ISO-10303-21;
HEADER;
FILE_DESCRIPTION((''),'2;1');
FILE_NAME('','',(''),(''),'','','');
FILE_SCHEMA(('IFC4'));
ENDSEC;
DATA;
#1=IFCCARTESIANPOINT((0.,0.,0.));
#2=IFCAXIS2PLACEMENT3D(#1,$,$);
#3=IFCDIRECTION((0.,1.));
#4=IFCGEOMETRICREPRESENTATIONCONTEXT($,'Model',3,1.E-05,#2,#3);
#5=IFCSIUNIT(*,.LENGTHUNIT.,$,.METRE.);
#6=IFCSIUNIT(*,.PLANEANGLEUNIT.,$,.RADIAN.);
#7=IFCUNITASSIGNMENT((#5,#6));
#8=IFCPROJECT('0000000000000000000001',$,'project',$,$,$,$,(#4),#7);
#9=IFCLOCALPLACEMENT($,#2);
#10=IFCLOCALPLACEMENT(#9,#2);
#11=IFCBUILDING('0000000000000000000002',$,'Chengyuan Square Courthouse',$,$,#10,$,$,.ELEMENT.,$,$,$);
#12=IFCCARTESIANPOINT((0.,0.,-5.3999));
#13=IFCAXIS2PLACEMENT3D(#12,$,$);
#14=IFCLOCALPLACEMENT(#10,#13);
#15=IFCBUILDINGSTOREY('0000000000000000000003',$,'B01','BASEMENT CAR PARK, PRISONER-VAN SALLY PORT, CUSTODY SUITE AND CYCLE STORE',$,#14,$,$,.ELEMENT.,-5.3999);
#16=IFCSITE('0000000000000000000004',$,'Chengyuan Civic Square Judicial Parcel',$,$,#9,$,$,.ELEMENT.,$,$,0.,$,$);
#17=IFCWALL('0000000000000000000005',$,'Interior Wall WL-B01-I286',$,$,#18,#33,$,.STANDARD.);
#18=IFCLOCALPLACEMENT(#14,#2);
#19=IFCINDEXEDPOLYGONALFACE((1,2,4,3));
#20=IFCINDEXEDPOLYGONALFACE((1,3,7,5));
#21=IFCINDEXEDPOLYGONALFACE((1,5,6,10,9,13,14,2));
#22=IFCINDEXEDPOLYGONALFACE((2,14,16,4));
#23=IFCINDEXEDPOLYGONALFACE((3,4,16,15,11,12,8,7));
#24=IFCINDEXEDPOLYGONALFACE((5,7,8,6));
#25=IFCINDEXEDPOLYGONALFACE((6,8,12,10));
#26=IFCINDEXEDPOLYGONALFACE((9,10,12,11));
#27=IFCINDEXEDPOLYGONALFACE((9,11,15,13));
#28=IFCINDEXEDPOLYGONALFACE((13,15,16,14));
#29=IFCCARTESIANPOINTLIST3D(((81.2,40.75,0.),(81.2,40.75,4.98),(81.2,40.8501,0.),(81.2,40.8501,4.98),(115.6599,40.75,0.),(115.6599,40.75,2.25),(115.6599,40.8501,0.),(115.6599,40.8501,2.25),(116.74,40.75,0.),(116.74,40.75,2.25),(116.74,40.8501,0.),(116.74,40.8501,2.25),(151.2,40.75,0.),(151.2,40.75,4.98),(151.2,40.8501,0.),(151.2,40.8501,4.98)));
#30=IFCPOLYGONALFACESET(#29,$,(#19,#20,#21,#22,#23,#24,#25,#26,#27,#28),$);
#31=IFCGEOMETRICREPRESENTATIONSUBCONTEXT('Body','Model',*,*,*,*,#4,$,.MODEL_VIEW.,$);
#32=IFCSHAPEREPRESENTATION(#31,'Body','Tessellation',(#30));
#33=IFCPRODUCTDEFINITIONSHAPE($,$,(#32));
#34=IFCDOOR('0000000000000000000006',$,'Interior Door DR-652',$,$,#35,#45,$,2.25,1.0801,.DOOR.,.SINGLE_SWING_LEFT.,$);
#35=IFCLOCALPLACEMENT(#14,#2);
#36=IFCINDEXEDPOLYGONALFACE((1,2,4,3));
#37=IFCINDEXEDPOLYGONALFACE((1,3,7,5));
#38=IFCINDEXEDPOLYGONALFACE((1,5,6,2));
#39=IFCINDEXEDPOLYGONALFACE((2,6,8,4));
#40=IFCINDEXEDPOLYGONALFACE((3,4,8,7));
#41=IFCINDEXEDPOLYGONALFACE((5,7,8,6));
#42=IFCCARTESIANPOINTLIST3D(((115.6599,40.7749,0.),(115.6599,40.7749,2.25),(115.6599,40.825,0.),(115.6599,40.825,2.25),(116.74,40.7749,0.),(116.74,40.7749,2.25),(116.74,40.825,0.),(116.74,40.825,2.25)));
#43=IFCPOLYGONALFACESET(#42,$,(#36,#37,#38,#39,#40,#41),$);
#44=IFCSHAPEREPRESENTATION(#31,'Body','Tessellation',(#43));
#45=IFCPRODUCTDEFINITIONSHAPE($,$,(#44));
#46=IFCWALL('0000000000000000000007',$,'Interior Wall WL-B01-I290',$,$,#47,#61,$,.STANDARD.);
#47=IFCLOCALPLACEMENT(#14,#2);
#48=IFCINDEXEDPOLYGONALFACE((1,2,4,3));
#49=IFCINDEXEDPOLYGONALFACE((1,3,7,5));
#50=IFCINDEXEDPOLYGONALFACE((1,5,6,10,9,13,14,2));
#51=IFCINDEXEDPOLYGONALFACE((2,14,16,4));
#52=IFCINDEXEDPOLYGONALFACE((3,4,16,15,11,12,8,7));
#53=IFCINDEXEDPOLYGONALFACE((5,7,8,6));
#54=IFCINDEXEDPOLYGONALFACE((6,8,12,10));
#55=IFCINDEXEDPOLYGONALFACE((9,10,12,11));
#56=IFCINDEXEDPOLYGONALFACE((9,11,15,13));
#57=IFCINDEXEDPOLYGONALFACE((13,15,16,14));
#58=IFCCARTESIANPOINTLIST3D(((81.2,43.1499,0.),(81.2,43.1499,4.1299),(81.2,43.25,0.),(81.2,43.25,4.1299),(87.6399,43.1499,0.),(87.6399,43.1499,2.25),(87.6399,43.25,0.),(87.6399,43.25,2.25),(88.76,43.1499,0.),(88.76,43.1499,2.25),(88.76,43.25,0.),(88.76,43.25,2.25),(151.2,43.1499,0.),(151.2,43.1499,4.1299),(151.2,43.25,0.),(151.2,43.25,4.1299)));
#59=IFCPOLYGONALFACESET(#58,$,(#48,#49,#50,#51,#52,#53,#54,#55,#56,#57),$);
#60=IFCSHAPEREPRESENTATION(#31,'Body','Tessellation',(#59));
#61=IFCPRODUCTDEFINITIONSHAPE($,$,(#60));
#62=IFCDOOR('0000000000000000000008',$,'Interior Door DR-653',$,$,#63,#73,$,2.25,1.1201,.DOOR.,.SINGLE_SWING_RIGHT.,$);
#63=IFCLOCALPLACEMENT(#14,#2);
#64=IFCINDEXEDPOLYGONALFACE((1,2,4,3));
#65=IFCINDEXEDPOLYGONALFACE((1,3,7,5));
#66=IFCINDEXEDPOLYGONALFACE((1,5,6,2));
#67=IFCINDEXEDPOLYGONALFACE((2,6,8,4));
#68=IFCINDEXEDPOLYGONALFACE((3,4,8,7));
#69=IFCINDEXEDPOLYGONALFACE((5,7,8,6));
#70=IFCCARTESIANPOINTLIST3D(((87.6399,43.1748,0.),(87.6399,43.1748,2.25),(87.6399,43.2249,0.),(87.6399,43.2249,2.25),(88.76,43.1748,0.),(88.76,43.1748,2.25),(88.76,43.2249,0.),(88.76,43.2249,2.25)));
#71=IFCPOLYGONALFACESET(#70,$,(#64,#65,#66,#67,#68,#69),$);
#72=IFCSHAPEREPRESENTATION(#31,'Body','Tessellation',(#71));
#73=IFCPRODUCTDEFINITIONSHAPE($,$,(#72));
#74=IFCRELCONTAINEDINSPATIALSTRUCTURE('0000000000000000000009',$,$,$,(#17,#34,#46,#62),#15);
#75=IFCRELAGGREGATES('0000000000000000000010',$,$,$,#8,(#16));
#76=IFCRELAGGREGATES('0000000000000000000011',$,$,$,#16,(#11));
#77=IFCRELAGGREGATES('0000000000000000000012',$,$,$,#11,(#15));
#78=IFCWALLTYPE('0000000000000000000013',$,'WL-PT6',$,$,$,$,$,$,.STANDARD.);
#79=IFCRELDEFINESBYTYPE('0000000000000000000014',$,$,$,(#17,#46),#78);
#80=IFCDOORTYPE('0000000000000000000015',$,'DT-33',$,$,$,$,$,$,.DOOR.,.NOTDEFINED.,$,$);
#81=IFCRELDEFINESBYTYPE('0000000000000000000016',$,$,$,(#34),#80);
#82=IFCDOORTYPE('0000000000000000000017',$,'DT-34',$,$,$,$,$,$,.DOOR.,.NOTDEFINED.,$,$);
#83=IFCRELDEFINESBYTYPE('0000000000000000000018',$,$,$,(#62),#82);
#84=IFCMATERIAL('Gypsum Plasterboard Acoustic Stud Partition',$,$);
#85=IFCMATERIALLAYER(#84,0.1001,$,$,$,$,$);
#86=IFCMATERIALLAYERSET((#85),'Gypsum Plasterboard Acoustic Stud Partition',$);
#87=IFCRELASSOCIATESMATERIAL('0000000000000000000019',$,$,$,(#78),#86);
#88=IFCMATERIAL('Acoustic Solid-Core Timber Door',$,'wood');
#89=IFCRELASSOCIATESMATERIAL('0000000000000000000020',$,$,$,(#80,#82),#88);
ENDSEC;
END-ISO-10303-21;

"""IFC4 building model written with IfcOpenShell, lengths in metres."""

from ifc_helpers import new_model, si_unit, direction, frame, frame_2d, origin, place, context, subcontext, project, spatial, rectangle, extrude, material, layer, layer_set, type_object, element, fill, save


model = new_model("IFC4")

# Units and contexts
model_context = context("Model", 3, precision=1e-05, world=origin(), true_north=direction((0.0, 1.0)))
body_context = subcontext(model_context, "Body", "Model", "MODEL_VIEW")
ifc_project = project(units=[si_unit("LENGTHUNIT", "METRE"), si_unit("PLANEANGLEUNIT", "RADIAN")], contexts=[model_context])

# Site, building, storey
site_placement = place(None, origin())
site = spatial("IfcSite", under=ifc_project, at=site_placement, Name="Chengyuan Civic Square Judicial Parcel", CompositionType="ELEMENT", RefElevation=0.0)
building_placement = place(site_placement, origin())
building = spatial("IfcBuilding", under=site, at=building_placement, Name="Chengyuan Square Courthouse", CompositionType="ELEMENT")
storey_placement = place(building_placement, frame((0.0, 0.0, -5.3999)))
storey = spatial("IfcBuildingStorey", under=building, at=storey_placement, Name="B01", Description="BASEMENT CAR PARK, PRISONER-VAN SALLY PORT, CUSTODY SUITE AND CYCLE STORE", CompositionType="ELEMENT", Elevation=-5.3999)

# Shared definitions
ifc_material_1 = material(Name="Gypsum Plasterboard Acoustic Stud Partition")
ifc_layer = layer(ifc_material_1, 0.1001)
ifc_layer_set = layer_set([ifc_layer], Name="Gypsum Plasterboard Acoustic Stud Partition")
wall_type = type_object("IfcWallType", Name="WL-PT6", PredefinedType="STANDARD", material=ifc_layer_set)

# Walls, openings, doors
wall_1_placement = place(storey_placement, frame((81.2, 40.8, 0.0), z_axis=(0.0, 0.0, 1.0), x_axis=(1.0, 0.0, 0.0)))
wall_1 = element("IfcWall", 1, at=wall_1_placement, inside=storey, type_object=wall_type, Name="Interior Wall WL-B01-I286", PredefinedType="STANDARD", context=body_context, shape_type="SweptSolid", body=[
    extrude(rectangle(XDim=70.0, YDim=0.1001, at=frame_2d((35.0, 0.0))), origin(), (0.0, 0.0, 1.0), 4.98),
])
opening_1_placement = place(wall_1_placement, frame((34.46, 0.0, 0.0)))
opening_1 = element("IfcOpeningElement", 2, at=opening_1_placement, cuts=wall_1, PredefinedType="OPENING", context=body_context, shape_type="SweptSolid", body=[
    extrude(rectangle(XDim=1.0801, YDim=2.25, at=frame_2d((0.54, 1.125))), frame((0.0, 0.062, 0.0), z_axis=(0.0, -1.0, 0.0), x_axis=(1.0, 0.0, 0.0)), (0.0, 0.0, 1.0), 0.124),
])
ifc_material_2 = material(Name="Acoustic Solid-Core Timber Door", Category="wood")
door_type_1 = type_object("IfcDoorType", Name="DT-33", OperationType="NOTDEFINED", PredefinedType="DOOR", material=ifc_material_2)
door_1_placement = place(opening_1_placement, origin())
door_1 = element("IfcDoor", 3, at=door_1_placement, inside=storey, type_object=door_type_1, Name="Interior Door DR-652", OperationType="SINGLE_SWING_LEFT", OverallHeight=2.25, OverallWidth=1.0801, PredefinedType="DOOR", context=body_context, shape_type="SweptSolid", body=[
    extrude(rectangle(XDim=1.0801, YDim=2.25, at=frame_2d((0.54, 1.125))), frame((0.0, 0.0249, 0.0), z_axis=(0.0, -1.0, 0.0), x_axis=(1.0, 0.0, 0.0)), (0.0, 0.0, 1.0), 0.05),
])
fill(opening_1, door_1)
wall_2_placement = place(storey_placement, frame((81.2, 43.2, 0.0), z_axis=(0.0, 0.0, 1.0), x_axis=(1.0, 0.0, 0.0)))
wall_2 = element("IfcWall", 4, at=wall_2_placement, inside=storey, type_object=wall_type, Name="Interior Wall WL-B01-I290", PredefinedType="STANDARD", context=body_context, shape_type="SweptSolid", body=[
    extrude(rectangle(XDim=70.0, YDim=0.1001, at=frame_2d((35.0, 0.0))), origin(), (0.0, 0.0, 1.0), 4.1299),
])
opening_2_placement = place(wall_2_placement, frame((6.4399, 0.0, 0.0)))
opening_2 = element("IfcOpeningElement", 5, at=opening_2_placement, cuts=wall_2, PredefinedType="OPENING", context=body_context, shape_type="SweptSolid", body=[
    extrude(rectangle(XDim=1.1201, YDim=2.25, at=frame_2d((0.5601, 1.125))), frame((0.0, 0.062, 0.0), z_axis=(0.0, -1.0, 0.0), x_axis=(1.0, 0.0, 0.0)), (0.0, 0.0, 1.0), 0.124),
])
door_type_2 = type_object("IfcDoorType", Name="DT-34", OperationType="NOTDEFINED", PredefinedType="DOOR", material=ifc_material_2)
door_2_placement = place(opening_2_placement, origin())
door_2 = element("IfcDoor", 6, at=door_2_placement, inside=storey, type_object=door_type_2, Name="Interior Door DR-653", OperationType="SINGLE_SWING_RIGHT", OverallHeight=2.25, OverallWidth=1.1201, PredefinedType="DOOR", context=body_context, shape_type="SweptSolid", body=[
    extrude(rectangle(XDim=1.1201, YDim=2.25, at=frame_2d((0.5601, 1.125))), frame((0.0, 0.0249, 0.0), z_axis=(0.0, -1.0, 0.0), x_axis=(1.0, 0.0, 0.0)), (0.0, 0.0, 1.0), 0.05),
])
fill(opening_2, door_2)

save(model, "model.ifc")
